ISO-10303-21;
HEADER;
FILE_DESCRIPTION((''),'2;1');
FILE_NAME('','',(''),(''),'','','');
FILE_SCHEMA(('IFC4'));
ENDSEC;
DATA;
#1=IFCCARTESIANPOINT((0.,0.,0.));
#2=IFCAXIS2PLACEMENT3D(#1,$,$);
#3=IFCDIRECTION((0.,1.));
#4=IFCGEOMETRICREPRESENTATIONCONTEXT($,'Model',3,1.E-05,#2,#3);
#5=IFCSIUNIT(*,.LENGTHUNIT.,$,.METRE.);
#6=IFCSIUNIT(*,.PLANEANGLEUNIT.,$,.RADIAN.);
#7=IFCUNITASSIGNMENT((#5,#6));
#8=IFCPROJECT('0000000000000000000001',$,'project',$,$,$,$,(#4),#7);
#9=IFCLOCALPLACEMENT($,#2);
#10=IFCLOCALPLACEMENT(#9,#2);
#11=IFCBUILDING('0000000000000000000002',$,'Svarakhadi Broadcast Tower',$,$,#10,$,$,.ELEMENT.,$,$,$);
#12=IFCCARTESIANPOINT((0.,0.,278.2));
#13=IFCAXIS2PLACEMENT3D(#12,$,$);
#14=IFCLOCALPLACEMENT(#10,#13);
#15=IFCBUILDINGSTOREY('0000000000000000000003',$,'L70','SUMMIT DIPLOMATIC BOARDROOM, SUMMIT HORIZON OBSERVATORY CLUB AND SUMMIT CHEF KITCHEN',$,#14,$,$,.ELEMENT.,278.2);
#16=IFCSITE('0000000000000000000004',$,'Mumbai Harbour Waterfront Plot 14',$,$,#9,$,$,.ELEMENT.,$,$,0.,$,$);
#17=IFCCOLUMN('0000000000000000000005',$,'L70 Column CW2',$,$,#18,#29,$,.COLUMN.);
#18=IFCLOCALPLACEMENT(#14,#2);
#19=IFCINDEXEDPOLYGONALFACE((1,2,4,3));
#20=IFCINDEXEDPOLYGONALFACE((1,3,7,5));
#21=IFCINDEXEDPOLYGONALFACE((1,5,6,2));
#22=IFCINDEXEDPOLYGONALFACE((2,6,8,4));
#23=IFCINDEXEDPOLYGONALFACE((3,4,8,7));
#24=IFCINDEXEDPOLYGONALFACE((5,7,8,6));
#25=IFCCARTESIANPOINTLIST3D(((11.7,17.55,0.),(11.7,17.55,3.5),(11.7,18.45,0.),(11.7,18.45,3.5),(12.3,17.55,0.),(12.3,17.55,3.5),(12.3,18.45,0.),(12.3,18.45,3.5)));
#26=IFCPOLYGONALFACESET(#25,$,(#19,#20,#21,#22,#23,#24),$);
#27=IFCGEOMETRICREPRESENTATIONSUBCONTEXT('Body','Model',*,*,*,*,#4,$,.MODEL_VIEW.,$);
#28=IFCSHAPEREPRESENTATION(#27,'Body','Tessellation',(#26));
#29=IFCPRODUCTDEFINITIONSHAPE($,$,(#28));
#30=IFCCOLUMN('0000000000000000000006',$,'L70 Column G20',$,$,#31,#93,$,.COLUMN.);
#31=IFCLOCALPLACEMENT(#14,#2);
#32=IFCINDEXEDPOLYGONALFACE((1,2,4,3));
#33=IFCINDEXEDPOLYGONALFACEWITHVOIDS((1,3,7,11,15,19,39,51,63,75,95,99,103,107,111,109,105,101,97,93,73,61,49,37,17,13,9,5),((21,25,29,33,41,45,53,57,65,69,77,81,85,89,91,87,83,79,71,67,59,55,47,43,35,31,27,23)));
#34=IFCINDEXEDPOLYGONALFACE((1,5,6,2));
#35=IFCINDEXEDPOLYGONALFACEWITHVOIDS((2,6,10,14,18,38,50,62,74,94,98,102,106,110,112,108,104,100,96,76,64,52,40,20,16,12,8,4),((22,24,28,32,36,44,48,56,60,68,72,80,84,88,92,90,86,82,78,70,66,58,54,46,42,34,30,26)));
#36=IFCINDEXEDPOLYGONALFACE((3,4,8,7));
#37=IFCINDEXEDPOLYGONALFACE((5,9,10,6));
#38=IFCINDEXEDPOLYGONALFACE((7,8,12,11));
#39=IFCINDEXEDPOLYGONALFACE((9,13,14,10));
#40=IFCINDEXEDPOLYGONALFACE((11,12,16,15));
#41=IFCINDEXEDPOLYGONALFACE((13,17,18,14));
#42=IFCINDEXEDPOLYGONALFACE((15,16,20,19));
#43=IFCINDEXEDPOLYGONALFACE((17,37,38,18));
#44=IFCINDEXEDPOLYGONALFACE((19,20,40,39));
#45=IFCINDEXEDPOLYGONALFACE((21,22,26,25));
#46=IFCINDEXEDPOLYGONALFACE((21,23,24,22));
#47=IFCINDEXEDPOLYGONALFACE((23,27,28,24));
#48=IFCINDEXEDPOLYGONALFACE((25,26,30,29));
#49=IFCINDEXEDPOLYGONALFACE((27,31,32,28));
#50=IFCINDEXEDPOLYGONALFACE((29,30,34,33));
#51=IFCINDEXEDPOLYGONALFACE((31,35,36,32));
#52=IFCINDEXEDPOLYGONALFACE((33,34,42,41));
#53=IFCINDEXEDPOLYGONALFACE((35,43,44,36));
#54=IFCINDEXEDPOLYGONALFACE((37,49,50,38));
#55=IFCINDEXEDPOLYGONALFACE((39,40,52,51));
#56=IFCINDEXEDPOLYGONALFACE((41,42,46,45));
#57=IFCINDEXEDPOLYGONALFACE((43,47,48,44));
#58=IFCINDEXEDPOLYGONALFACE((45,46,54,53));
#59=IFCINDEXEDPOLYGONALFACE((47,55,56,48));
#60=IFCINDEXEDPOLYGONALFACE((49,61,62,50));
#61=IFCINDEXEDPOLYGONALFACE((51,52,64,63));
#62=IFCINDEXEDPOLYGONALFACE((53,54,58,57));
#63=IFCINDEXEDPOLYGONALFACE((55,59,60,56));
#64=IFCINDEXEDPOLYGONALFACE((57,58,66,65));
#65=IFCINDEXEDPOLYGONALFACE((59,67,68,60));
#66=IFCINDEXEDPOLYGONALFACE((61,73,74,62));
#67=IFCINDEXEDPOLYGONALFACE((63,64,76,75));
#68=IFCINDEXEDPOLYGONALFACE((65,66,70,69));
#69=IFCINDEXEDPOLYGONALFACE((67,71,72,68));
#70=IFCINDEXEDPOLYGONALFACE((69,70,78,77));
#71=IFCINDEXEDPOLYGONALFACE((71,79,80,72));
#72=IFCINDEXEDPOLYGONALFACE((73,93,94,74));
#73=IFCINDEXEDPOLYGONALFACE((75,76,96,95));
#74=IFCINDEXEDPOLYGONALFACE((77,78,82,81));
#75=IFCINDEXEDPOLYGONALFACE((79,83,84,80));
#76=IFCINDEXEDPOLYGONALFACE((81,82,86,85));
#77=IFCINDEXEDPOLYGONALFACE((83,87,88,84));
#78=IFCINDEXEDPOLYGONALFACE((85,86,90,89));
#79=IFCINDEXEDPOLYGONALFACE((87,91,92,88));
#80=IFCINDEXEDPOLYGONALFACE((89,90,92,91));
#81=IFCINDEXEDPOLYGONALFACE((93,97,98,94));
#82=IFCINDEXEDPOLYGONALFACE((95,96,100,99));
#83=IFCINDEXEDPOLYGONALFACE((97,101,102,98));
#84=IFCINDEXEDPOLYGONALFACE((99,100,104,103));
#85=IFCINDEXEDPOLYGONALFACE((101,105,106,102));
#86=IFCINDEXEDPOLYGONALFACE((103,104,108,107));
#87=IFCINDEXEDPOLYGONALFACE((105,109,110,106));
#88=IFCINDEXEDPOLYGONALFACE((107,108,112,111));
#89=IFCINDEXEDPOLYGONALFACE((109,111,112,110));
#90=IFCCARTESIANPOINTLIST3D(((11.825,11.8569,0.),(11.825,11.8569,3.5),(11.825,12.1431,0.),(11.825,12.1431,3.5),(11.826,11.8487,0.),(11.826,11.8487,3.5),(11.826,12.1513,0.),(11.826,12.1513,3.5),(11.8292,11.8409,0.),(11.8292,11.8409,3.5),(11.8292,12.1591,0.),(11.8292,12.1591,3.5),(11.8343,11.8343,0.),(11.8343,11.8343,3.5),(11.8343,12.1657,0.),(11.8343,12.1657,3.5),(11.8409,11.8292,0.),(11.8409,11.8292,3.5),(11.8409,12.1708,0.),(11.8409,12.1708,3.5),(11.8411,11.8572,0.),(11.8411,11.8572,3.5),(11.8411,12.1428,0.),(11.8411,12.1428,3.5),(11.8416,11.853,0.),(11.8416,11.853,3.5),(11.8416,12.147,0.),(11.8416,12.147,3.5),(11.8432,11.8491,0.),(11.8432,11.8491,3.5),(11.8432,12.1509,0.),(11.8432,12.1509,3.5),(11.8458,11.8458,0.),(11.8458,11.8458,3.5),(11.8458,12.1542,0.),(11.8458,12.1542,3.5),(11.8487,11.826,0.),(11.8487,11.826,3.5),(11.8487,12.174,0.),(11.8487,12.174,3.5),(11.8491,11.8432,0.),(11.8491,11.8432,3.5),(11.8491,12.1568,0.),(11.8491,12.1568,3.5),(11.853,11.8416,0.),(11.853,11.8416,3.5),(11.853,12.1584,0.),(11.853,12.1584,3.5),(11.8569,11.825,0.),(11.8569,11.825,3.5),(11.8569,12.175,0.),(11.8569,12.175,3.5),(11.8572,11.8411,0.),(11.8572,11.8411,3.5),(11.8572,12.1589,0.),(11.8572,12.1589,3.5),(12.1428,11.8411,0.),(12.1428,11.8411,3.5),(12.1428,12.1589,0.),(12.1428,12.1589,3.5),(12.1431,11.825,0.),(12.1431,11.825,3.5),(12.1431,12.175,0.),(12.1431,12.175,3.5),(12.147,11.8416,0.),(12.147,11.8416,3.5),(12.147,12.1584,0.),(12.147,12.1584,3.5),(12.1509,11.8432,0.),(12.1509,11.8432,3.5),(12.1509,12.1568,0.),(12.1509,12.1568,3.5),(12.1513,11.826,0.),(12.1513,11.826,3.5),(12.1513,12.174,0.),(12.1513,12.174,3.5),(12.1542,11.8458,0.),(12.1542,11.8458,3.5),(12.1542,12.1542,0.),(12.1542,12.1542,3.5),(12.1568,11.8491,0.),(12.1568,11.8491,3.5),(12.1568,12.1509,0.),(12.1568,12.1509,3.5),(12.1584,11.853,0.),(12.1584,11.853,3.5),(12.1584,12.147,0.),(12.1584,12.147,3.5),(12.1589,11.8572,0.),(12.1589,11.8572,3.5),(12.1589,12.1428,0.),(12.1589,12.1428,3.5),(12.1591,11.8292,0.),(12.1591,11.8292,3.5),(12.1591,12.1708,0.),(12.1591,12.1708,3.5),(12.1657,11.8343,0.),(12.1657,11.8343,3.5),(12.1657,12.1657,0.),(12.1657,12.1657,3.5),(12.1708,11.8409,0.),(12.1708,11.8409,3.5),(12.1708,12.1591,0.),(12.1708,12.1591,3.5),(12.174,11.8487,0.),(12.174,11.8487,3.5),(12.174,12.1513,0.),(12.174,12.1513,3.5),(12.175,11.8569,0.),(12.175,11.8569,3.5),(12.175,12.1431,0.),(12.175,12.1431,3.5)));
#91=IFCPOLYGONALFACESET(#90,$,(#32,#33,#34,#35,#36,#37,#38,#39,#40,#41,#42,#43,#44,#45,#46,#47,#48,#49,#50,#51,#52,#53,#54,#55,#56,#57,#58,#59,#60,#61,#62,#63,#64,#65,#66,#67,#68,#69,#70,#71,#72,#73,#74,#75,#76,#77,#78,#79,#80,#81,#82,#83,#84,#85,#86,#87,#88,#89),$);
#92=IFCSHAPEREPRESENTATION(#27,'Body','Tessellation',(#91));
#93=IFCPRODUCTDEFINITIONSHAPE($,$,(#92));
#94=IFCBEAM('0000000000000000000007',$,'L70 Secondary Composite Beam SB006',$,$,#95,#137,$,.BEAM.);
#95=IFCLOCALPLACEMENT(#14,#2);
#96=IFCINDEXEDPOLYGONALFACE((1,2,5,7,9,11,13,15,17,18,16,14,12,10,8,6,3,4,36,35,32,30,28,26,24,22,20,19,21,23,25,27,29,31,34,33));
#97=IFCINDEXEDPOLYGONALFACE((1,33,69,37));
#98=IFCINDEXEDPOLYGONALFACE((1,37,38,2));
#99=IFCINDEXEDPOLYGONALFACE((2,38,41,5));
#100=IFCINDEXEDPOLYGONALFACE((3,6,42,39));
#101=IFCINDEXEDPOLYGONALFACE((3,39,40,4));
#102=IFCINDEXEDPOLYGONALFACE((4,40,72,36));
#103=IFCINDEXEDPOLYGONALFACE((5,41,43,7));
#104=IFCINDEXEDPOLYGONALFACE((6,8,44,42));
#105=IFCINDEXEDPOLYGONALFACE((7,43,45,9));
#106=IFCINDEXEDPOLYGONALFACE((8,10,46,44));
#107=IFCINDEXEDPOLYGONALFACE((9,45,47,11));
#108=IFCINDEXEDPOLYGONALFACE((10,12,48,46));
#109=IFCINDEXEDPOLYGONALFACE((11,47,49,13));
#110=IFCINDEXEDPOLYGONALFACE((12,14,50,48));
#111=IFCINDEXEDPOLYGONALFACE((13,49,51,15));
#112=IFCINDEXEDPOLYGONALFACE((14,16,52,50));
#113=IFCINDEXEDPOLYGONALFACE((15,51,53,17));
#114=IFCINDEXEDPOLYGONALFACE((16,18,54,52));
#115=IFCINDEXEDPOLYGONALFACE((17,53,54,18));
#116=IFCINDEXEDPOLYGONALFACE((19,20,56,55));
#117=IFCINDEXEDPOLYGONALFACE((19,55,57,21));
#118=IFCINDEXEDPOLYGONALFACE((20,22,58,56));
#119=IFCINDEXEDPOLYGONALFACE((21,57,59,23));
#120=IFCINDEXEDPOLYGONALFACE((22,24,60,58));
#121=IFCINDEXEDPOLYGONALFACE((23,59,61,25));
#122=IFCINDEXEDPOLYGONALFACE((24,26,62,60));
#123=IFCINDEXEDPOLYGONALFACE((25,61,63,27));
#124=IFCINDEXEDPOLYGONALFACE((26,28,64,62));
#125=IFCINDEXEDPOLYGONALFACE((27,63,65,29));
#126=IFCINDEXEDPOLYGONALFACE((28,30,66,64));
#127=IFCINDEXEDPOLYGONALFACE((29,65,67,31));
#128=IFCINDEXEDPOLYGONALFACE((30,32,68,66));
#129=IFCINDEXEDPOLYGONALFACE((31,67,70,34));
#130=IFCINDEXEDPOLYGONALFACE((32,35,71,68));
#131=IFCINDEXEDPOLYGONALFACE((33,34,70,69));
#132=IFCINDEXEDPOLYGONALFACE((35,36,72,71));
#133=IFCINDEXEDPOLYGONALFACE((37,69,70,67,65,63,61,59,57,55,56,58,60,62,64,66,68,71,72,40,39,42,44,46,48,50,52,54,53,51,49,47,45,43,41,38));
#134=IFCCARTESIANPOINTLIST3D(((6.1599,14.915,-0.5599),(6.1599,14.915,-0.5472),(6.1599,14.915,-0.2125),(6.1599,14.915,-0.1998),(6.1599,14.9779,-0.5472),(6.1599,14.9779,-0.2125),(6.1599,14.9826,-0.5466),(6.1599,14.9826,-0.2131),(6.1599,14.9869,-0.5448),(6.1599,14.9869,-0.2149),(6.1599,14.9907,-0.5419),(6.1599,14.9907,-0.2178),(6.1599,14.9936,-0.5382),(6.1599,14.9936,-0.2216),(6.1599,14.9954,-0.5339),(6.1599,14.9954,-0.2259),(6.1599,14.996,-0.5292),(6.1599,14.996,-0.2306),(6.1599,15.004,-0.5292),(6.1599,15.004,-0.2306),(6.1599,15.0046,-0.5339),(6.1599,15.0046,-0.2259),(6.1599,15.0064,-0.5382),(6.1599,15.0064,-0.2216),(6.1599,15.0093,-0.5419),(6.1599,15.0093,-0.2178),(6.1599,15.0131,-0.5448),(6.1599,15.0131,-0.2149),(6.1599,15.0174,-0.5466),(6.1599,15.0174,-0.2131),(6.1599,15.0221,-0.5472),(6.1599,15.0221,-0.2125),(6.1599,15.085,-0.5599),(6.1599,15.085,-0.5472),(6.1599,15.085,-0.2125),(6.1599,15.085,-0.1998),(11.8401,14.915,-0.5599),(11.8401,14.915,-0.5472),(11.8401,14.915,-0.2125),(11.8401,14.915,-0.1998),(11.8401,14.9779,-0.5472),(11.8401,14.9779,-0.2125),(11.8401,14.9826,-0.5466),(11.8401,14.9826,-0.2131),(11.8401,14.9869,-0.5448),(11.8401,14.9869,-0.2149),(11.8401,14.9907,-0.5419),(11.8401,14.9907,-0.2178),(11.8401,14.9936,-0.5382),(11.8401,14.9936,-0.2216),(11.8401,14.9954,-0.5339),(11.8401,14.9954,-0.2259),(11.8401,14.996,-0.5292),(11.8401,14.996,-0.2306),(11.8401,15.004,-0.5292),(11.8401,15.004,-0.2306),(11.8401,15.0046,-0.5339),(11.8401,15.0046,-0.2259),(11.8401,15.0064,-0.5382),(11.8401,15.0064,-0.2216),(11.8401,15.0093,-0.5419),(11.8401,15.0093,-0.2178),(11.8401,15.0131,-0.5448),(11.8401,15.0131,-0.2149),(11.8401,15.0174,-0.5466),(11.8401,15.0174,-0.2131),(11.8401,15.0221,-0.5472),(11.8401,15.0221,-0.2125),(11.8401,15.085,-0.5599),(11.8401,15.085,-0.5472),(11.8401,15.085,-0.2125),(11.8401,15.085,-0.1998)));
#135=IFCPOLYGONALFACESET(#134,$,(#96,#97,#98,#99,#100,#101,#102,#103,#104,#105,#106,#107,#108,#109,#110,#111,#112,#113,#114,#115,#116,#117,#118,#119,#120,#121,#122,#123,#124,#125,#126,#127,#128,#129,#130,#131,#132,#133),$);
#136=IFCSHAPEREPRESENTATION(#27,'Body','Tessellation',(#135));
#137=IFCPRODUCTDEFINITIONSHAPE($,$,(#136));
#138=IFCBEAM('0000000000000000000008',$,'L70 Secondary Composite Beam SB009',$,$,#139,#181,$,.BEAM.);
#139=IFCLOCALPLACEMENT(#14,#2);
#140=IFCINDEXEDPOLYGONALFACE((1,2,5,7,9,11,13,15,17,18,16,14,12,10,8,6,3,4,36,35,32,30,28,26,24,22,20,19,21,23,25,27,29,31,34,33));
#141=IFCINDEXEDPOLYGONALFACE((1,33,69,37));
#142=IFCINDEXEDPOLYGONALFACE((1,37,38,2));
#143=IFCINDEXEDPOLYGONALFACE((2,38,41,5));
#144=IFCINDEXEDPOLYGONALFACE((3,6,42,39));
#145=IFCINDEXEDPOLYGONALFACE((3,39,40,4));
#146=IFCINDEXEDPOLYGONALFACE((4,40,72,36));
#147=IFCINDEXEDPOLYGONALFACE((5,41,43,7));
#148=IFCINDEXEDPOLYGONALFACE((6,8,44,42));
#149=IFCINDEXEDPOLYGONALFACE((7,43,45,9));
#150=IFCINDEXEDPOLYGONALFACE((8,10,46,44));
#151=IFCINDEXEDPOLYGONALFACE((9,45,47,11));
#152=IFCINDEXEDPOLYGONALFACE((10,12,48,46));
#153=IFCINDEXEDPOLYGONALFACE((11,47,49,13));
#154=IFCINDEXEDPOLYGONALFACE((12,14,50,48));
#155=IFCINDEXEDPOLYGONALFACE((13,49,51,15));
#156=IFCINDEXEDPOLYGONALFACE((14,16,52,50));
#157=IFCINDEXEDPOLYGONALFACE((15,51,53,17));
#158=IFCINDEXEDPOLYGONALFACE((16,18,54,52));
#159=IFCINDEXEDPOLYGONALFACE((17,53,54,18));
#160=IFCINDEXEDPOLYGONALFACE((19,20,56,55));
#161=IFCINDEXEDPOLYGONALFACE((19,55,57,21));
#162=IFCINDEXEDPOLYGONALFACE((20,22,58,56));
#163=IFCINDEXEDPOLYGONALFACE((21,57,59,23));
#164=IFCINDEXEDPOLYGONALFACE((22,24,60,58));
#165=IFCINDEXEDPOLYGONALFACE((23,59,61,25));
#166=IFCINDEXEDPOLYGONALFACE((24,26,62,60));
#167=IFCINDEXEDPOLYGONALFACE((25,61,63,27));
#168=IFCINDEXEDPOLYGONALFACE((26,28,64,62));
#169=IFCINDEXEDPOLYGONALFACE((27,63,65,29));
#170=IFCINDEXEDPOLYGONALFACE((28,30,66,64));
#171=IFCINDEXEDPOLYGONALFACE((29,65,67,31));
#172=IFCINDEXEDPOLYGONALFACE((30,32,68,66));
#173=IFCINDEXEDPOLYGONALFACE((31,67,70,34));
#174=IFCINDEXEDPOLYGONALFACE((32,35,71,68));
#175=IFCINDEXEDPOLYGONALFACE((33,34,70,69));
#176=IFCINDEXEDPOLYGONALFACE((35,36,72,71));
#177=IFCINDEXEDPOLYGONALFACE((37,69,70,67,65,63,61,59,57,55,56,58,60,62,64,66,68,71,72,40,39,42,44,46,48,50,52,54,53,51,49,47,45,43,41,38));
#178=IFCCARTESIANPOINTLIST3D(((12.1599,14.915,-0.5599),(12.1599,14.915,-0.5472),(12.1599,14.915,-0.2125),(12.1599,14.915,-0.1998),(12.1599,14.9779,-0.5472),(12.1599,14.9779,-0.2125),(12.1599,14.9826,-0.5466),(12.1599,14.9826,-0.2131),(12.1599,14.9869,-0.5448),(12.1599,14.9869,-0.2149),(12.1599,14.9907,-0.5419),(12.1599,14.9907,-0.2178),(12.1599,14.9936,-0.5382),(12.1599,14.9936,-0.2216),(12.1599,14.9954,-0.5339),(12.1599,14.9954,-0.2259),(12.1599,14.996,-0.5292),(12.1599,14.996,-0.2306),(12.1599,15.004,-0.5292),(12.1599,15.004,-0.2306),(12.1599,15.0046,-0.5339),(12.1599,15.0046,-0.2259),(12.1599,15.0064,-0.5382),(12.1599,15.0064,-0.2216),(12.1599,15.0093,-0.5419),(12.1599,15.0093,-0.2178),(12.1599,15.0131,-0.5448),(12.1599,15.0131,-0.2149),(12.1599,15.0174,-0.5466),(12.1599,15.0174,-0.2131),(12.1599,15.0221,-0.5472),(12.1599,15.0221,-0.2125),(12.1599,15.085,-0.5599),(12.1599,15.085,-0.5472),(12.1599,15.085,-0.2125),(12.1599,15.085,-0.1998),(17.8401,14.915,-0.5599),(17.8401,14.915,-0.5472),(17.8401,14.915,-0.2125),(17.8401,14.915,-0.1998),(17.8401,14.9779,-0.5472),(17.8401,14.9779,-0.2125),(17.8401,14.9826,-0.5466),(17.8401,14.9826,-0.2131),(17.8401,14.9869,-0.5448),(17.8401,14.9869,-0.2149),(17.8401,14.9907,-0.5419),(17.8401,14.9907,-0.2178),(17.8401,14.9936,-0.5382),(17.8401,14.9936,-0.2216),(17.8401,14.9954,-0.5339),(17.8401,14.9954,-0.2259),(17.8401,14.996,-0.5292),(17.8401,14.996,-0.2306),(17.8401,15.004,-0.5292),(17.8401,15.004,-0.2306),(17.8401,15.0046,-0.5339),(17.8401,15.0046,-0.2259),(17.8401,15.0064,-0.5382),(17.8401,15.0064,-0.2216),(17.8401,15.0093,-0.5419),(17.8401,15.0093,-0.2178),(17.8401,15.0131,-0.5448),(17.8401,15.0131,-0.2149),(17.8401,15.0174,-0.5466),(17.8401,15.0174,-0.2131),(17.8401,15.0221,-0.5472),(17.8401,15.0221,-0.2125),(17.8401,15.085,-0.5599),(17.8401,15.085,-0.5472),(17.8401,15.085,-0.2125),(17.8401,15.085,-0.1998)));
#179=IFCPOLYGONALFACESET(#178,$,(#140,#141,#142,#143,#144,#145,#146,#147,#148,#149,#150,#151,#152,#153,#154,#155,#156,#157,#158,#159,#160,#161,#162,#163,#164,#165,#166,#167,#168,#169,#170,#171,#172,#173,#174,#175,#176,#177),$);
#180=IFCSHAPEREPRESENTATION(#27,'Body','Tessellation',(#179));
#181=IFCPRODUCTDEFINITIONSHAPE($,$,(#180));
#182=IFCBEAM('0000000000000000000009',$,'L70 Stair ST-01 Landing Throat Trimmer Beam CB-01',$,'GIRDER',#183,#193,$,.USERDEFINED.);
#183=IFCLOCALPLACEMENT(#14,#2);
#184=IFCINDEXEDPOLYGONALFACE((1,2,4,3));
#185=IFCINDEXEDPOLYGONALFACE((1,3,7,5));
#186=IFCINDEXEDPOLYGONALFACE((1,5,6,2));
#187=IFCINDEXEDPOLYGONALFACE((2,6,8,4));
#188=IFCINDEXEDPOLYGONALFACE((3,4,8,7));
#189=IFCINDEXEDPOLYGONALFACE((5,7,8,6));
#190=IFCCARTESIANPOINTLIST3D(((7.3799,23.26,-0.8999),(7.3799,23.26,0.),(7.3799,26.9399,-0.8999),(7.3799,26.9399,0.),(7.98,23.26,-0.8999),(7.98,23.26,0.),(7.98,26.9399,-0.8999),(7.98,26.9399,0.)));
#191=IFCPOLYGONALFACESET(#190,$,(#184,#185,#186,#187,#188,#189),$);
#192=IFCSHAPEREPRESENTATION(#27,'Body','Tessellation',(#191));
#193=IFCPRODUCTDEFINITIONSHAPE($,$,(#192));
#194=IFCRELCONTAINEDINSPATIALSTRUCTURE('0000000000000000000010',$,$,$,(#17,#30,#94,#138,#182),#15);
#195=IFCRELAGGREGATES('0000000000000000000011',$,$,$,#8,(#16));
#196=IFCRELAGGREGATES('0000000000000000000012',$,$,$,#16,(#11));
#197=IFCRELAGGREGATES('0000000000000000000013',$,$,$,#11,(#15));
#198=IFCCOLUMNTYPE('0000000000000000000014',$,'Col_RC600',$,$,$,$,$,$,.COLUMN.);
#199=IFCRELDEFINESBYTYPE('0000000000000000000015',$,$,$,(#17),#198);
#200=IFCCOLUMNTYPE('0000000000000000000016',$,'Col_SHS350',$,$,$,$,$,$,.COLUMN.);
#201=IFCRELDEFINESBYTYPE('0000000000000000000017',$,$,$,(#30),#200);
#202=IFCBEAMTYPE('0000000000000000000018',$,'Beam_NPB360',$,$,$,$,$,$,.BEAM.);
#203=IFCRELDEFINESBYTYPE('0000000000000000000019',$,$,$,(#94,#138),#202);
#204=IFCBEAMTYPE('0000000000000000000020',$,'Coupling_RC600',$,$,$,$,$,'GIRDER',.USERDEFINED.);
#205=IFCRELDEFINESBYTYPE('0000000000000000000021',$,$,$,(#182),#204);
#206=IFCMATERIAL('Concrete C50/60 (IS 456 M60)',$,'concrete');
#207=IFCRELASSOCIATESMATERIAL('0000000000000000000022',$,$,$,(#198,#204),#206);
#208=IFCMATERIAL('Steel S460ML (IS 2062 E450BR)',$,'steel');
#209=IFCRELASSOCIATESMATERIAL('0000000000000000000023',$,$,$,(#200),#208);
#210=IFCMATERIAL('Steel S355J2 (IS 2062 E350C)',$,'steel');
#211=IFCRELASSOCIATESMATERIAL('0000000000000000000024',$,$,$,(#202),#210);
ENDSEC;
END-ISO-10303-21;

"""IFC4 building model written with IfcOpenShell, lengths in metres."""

from ifc_helpers import new_model, si_unit, direction, frame, origin, origin_2d, place, context, subcontext, project, spatial, rectangle, hollow_rectangle, i_section, extrude, material, material_profile, profile_set, type_object, element, save


model = new_model("IFC4")

# Units and contexts
model_context = context("Model", 3, precision=1e-05, world=origin(), true_north=direction((0.0, 1.0)))
body_context = subcontext(model_context, "Body", "Model", "MODEL_VIEW")
ifc_project = project(units=[si_unit("LENGTHUNIT", "METRE"), si_unit("PLANEANGLEUNIT", "RADIAN")], contexts=[model_context])

# Site, building, storey
site_placement = place(None, origin())
site = spatial("IfcSite", under=ifc_project, at=site_placement, Name="Mumbai Harbour Waterfront Plot 14", CompositionType="ELEMENT", RefElevation=0.0)
building_placement = place(site_placement, origin())
building = spatial("IfcBuilding", under=site, at=building_placement, Name="Svarakhadi Broadcast Tower", CompositionType="ELEMENT")
storey_placement = place(building_placement, frame((0.0, 0.0, 278.2)))
storey = spatial("IfcBuildingStorey", under=building, at=storey_placement, Name="L70", Description="SUMMIT DIPLOMATIC BOARDROOM, SUMMIT HORIZON OBSERVATORY CLUB AND SUMMIT CHEF KITCHEN", CompositionType="ELEMENT", Elevation=278.2)

# Columns
ifc_material_1 = material(Name="Concrete C50/60 (IS 456 M60)", Category="concrete")
ifc_material_profile_1 = material_profile(ifc_material_1, rectangle(XDim=0.6001, YDim=0.8999, at=origin_2d()), Name="RC 600x900")
ifc_profile_set_1 = profile_set([ifc_material_profile_1], Name="Concrete C50/60 (IS 456 M60)")
column_type_1 = type_object("IfcColumnType", Name="Col_RC600", PredefinedType="COLUMN", material=ifc_profile_set_1)
column_1_placement = place(storey_placement, frame((12.0, 18.0, 0.0), z_axis=(0.0, 0.0, 1.0), x_axis=(1.0, 0.0, 0.0)))
element("IfcColumn", 1, at=column_1_placement, inside=storey, type_object=column_type_1, Name="L70 Column CW2", PredefinedType="COLUMN", context=body_context, shape_type="SweptSolid", body=[
    extrude(rectangle(XDim=0.6001, YDim=0.8999, at=origin_2d()), origin(), (0.0, 0.0, 1.0), 3.5),
])
ifc_material_2 = material(Name="Steel S460ML (IS 2062 E450BR)", Category="steel")
ifc_material_profile_2 = material_profile(ifc_material_2, hollow_rectangle(XDim=0.3501, YDim=0.3501, WallThickness=0.0161, InnerFilletRadius=0.0161, OuterFilletRadius=0.032, at=origin_2d()), Name="SHS 350x350x16")
ifc_profile_set_2 = profile_set([ifc_material_profile_2], Name="Steel S460ML (IS 2062 E450BR)")
column_type_2 = type_object("IfcColumnType", Name="Col_SHS350", PredefinedType="COLUMN", material=ifc_profile_set_2)
column_2_placement = place(storey_placement, frame((12.0, 12.0, 0.0), z_axis=(0.0, 0.0, 1.0), x_axis=(1.0, 0.0, 0.0)))
element("IfcColumn", 2, at=column_2_placement, inside=storey, type_object=column_type_2, Name="L70 Column G20", PredefinedType="COLUMN", context=body_context, shape_type="SweptSolid", body=[
    extrude(hollow_rectangle(XDim=0.3501, YDim=0.3501, WallThickness=0.0161, InnerFilletRadius=0.0161, OuterFilletRadius=0.032, at=origin_2d()), origin(), (0.0, 0.0, 1.0), 3.5),
])

# Beams
ifc_material_3 = material(Name="Steel S355J2 (IS 2062 E350C)", Category="steel")
ifc_material_profile_3 = material_profile(ifc_material_3, i_section(OverallWidth=0.1699, OverallDepth=0.3601, WebThickness=0.0081, FlangeThickness=0.0127, FilletRadius=0.0181, at=origin_2d()), Name="NPB 360x170x57")
ifc_profile_set_3 = profile_set([ifc_material_profile_3], Name="Steel S355J2 (IS 2062 E350C)")
beam_type_1 = type_object("IfcBeamType", Name="Beam_NPB360", PredefinedType="BEAM", material=ifc_profile_set_3)
for number, where, z_axis, x_axis, name in (
    (3, (6.1599, 15.0, -0.3799), (1.0, 0.0, 0.0), (0.0, 1.0, 0.0), "L70 Secondary Composite Beam SB006"),
    (4, (12.1599, 15.0, -0.3799), (1.0, 0.0, 0.0), (0.0, 1.0, 0.0), "L70 Secondary Composite Beam SB009"),
):
    element("IfcBeam", number, at=place(storey_placement, frame(where, z_axis=z_axis, x_axis=x_axis)), inside=storey, type_object=beam_type_1, Name=name, PredefinedType="BEAM", context=body_context, shape_type="SweptSolid", body=[
        extrude(i_section(OverallWidth=0.1699, OverallDepth=0.3601, WebThickness=0.0081, FlangeThickness=0.0127, FilletRadius=0.0181, at=origin_2d()), origin(), (0.0, 0.0, 1.0), 5.6802),
    ])
ifc_material_profile_4 = material_profile(ifc_material_1, rectangle(XDim=0.6001, YDim=0.8999, at=origin_2d()), Name="RC 600x900")
ifc_profile_set_4 = profile_set([ifc_material_profile_4], Name="Concrete C50/60 (IS 456 M60)")
beam_type_2 = type_object("IfcBeamType", Name="Coupling_RC600", ElementType="GIRDER", PredefinedType="USERDEFINED", material=ifc_profile_set_4)
beam_placement = place(storey_placement, frame((7.6799, 23.26, -0.45), z_axis=(0.0, 1.0, 0.0), x_axis=(-1.0, 0.0, 0.0)))
element("IfcBeam", 5, at=beam_placement, inside=storey, type_object=beam_type_2, Name="L70 Stair ST-01 Landing Throat Trimmer Beam CB-01", ObjectType="GIRDER", PredefinedType="USERDEFINED", context=body_context, shape_type="SweptSolid", body=[
    extrude(rectangle(XDim=0.6001, YDim=0.8999, at=origin_2d()), origin(), (0.0, 0.0, 1.0), 3.6799),
])

save(model, "model.ifc")
